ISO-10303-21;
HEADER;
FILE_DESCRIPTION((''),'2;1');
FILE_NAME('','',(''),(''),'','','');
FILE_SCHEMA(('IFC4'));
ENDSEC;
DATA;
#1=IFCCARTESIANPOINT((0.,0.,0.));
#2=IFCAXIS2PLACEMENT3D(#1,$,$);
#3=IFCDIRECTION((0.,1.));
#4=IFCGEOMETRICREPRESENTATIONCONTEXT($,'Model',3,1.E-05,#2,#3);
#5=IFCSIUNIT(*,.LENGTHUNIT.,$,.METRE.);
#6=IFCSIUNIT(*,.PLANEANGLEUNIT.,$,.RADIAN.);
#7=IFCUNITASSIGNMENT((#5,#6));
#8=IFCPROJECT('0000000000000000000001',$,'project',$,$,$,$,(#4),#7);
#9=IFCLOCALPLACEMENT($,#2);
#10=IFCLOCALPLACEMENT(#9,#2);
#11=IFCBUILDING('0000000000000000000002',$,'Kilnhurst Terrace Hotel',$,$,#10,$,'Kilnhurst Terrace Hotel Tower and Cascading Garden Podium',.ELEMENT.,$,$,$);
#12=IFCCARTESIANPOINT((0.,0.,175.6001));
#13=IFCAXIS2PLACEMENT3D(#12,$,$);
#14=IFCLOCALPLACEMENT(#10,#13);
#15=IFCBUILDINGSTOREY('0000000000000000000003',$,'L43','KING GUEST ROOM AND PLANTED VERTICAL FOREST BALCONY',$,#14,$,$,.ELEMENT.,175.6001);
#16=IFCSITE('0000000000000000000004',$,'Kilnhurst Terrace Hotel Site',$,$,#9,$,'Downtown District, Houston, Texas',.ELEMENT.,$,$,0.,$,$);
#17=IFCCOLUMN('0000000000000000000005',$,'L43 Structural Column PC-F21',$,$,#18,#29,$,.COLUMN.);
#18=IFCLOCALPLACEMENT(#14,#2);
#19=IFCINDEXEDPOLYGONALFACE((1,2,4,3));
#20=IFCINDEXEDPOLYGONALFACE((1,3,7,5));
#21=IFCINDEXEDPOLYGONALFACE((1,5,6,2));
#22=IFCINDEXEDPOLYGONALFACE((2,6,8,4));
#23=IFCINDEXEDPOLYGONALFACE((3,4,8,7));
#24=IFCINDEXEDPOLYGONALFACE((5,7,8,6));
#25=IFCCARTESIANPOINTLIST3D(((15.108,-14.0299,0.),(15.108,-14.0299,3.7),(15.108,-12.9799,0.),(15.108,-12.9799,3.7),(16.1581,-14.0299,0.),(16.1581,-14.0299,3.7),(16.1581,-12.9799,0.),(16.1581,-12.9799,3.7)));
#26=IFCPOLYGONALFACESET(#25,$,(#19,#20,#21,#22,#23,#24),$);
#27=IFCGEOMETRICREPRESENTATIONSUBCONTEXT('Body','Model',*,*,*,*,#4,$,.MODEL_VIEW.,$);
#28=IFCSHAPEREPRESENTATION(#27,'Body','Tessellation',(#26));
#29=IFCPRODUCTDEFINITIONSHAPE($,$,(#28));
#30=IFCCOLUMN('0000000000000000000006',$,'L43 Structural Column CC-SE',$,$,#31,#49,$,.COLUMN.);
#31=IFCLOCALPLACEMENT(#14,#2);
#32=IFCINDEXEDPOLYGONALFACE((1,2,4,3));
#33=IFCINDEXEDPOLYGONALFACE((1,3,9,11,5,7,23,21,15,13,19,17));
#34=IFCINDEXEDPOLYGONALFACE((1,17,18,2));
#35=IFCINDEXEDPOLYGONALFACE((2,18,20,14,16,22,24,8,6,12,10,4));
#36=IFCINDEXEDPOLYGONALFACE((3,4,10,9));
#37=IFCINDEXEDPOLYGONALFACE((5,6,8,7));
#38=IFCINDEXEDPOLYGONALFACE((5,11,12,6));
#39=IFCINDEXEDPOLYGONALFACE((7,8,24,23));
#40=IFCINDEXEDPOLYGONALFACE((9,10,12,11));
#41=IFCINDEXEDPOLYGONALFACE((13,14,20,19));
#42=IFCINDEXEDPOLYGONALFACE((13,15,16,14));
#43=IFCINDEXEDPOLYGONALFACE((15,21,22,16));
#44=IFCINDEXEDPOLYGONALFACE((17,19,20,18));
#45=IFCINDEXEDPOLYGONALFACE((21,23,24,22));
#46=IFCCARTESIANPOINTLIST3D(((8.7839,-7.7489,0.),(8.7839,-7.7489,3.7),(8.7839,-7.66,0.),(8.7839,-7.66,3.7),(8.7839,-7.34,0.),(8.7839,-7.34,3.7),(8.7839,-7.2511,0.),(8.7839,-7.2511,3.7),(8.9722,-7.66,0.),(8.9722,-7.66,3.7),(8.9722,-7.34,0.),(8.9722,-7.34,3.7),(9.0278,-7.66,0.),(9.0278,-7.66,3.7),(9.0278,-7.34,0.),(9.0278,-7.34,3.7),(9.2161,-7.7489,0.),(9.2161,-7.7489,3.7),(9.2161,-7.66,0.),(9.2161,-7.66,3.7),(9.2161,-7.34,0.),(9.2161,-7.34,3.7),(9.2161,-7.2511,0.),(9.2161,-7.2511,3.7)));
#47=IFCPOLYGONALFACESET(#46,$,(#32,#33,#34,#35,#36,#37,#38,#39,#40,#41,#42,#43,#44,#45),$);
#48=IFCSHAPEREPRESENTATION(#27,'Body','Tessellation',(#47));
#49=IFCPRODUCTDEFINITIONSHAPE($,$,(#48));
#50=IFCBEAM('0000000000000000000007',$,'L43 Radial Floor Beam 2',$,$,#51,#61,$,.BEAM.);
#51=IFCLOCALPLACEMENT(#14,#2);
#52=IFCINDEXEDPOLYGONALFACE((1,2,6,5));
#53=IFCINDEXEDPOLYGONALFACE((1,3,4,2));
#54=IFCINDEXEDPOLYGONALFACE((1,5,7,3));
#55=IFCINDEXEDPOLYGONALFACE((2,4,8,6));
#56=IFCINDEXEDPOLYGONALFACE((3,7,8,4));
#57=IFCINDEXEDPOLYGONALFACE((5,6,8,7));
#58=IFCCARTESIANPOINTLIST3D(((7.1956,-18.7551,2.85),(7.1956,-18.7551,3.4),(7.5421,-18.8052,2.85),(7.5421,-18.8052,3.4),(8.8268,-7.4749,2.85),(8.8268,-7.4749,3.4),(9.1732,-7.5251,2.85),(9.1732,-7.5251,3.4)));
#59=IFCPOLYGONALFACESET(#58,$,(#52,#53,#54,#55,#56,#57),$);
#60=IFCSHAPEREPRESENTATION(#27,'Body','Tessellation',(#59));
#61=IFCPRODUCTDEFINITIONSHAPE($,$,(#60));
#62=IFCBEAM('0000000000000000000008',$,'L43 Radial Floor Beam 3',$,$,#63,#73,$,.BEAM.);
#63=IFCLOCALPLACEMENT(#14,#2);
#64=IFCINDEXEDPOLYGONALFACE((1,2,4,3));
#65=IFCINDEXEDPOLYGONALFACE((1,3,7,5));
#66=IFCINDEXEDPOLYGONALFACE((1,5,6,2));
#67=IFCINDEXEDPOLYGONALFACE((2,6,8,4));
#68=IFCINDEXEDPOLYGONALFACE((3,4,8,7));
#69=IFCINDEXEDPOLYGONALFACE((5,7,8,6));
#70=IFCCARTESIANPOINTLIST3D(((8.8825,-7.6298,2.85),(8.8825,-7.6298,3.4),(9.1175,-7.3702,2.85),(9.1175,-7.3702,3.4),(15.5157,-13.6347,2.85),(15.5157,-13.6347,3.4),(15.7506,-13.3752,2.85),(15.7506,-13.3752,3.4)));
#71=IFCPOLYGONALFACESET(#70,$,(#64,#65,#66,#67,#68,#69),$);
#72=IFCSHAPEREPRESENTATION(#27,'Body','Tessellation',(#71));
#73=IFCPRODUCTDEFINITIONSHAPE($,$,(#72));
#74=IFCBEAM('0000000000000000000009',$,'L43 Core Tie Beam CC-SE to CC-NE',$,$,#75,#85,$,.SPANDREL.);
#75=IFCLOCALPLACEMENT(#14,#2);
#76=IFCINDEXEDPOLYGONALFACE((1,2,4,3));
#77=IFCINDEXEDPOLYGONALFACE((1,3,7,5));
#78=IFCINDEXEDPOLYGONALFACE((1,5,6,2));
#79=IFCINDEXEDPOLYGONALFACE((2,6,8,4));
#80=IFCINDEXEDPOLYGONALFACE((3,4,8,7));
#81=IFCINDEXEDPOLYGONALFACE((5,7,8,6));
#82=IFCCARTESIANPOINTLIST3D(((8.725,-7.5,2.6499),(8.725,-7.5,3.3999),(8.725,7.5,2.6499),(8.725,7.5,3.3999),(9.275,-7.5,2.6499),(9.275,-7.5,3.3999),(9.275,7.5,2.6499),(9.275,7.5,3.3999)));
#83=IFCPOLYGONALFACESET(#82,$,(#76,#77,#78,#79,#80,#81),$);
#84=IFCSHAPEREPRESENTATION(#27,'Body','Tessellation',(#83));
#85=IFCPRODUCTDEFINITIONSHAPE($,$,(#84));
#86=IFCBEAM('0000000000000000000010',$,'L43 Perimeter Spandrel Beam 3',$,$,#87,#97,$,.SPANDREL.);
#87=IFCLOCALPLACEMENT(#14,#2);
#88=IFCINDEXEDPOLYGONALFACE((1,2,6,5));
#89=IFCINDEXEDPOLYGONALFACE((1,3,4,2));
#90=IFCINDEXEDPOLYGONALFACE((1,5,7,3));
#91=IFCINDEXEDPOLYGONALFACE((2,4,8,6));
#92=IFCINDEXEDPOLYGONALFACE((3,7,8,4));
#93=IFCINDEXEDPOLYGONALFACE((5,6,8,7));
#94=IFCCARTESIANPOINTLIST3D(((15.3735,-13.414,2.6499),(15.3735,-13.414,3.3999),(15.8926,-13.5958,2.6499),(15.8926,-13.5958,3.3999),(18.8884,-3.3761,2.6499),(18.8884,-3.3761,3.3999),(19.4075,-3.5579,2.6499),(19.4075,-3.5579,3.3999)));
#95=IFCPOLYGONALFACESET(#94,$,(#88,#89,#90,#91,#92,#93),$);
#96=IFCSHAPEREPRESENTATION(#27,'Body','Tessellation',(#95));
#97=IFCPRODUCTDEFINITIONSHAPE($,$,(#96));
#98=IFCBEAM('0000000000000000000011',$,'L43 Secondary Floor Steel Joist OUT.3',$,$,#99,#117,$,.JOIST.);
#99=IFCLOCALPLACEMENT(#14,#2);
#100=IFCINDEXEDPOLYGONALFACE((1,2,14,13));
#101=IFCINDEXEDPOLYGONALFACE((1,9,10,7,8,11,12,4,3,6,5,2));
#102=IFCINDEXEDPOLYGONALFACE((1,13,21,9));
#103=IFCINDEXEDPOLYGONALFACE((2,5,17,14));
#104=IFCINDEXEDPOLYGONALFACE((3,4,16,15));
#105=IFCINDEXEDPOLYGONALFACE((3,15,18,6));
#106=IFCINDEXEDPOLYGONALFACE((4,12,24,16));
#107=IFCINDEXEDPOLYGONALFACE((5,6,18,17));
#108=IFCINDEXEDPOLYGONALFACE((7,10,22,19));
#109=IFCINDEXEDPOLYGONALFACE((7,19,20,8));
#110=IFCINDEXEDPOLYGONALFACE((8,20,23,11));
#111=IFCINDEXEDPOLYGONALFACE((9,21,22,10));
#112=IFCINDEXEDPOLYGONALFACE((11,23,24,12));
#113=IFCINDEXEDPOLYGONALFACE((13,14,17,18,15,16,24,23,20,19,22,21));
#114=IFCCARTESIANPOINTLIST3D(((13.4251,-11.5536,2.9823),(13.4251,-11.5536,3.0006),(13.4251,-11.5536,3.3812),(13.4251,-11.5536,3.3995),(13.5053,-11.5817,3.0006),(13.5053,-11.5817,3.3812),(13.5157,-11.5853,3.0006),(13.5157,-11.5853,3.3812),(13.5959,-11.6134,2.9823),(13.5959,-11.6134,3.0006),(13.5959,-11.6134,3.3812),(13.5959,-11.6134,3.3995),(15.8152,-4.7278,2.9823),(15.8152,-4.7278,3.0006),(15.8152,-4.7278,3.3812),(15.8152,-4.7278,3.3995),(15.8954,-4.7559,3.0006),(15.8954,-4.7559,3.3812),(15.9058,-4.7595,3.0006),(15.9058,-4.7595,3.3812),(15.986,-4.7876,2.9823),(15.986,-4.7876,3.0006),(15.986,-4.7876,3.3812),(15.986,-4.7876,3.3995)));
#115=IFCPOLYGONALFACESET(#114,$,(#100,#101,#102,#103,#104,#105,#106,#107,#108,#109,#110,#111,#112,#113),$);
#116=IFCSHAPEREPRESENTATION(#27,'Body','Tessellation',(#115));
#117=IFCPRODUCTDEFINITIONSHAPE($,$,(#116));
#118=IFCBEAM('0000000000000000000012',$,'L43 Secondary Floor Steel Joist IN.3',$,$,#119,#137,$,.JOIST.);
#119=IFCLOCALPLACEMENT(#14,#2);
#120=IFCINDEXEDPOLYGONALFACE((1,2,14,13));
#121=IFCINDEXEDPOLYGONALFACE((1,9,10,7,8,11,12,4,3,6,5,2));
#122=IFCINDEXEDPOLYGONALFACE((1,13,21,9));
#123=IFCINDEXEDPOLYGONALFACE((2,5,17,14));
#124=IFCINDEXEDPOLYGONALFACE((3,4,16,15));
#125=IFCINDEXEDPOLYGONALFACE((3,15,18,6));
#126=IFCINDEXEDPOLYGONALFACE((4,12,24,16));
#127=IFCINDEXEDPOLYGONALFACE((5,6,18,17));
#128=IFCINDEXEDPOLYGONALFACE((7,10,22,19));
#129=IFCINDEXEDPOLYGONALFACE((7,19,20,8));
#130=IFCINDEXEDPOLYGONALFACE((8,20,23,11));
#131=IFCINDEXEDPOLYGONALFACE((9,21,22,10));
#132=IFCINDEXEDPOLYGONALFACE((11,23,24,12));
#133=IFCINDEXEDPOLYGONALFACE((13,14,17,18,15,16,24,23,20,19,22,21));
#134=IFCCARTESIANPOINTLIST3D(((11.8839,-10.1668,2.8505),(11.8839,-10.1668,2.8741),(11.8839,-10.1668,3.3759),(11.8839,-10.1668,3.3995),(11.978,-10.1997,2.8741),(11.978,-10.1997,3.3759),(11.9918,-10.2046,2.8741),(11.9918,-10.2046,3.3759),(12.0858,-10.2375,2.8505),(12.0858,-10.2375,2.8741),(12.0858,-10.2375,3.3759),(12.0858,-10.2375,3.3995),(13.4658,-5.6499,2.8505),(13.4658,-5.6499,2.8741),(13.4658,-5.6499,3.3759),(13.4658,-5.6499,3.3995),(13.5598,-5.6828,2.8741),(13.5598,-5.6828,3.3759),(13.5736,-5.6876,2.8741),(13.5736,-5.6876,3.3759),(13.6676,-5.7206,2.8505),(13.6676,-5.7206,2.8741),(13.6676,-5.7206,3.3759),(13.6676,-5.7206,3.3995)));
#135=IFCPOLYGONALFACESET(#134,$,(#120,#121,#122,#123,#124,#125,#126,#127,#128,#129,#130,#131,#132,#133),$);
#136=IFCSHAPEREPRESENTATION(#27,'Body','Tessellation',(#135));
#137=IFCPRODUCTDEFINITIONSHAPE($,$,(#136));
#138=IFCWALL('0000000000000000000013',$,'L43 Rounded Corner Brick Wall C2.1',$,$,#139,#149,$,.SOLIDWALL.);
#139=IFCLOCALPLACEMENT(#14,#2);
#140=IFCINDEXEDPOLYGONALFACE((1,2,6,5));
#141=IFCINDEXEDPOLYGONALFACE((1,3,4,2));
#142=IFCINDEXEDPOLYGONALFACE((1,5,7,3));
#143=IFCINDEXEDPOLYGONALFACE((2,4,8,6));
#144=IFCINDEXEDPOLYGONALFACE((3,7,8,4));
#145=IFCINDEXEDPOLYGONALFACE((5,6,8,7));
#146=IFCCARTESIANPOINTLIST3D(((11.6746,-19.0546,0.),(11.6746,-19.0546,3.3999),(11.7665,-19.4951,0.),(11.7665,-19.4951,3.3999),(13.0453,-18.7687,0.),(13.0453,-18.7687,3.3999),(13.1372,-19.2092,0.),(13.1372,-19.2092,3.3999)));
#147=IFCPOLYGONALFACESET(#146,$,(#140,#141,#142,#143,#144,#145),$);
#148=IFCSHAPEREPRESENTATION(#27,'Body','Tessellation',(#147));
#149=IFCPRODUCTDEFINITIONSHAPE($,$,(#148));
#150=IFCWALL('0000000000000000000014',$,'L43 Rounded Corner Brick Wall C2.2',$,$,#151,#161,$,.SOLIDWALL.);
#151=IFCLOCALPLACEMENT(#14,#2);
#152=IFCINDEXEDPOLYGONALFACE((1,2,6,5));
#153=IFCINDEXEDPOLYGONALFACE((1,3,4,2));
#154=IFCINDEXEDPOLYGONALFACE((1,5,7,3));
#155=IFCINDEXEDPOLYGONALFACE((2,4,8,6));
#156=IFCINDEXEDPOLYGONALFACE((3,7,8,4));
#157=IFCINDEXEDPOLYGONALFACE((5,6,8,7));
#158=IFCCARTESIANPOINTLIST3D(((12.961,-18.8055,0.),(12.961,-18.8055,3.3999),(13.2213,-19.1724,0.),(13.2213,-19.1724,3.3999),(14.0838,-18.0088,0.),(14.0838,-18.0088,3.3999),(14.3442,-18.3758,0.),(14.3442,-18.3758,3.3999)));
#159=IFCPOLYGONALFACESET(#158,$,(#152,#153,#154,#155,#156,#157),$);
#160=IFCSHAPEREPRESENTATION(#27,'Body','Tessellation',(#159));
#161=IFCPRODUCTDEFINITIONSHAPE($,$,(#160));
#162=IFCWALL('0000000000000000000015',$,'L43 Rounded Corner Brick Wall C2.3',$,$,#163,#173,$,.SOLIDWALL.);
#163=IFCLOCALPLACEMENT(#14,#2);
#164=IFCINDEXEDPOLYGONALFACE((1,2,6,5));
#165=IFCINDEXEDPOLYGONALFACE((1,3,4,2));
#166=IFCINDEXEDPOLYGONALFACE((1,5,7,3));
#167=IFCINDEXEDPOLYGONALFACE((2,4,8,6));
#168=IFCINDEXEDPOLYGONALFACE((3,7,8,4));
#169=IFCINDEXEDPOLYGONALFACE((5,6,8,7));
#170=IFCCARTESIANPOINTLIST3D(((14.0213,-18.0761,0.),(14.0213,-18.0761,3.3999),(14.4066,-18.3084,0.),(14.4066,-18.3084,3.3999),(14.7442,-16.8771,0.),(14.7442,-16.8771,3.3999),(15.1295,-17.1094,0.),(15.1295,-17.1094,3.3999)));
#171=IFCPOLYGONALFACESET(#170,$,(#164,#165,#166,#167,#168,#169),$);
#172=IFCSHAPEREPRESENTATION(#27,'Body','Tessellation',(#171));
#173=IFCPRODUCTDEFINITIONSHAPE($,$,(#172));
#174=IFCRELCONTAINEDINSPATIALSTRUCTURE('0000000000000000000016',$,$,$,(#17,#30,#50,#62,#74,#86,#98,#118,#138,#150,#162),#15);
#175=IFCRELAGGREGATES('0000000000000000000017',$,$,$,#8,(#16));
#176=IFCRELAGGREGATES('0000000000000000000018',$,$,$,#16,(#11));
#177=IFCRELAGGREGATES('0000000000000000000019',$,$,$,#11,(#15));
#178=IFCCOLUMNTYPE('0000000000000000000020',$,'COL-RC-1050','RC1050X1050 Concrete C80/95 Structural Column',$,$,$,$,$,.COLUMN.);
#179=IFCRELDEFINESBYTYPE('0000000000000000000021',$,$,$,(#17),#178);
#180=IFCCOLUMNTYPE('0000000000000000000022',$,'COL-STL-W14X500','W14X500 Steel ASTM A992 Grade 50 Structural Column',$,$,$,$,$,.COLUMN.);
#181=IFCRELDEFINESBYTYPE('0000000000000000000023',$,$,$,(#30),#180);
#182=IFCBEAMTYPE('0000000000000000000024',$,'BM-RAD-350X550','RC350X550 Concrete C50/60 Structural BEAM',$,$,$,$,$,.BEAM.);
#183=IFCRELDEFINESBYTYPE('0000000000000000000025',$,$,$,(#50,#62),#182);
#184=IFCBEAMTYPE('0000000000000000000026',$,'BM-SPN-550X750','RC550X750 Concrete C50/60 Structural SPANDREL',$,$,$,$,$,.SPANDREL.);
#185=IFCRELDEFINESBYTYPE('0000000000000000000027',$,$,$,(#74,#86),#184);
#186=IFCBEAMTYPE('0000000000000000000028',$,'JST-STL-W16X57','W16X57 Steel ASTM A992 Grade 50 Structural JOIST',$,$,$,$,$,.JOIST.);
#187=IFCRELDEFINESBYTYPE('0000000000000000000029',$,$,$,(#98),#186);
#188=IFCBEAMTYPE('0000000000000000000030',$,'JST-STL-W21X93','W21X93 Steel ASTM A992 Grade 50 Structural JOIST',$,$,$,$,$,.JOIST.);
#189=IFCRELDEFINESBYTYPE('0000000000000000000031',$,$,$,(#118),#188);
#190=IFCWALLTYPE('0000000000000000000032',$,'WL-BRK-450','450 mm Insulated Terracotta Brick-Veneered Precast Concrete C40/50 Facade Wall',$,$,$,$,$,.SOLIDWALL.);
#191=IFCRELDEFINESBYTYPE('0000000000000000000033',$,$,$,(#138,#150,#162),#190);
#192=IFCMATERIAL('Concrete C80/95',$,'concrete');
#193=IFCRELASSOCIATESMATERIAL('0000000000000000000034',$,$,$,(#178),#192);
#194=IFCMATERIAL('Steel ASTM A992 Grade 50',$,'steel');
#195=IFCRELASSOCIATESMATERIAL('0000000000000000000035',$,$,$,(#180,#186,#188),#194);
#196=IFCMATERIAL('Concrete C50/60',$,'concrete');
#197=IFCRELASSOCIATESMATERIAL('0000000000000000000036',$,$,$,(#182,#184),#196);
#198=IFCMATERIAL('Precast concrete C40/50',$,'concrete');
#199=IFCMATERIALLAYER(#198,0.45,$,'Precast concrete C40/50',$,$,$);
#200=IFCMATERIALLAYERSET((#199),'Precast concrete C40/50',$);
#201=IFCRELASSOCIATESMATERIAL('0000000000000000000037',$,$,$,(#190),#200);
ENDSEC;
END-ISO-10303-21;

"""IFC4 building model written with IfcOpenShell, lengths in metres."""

from ifc_helpers import new_model, si_unit, direction, frame, frame_2d, origin, origin_2d, place, context, subcontext, project, spatial, rectangle, i_section, extrude, material, layer, layer_set, material_profile, profile_set, type_object, element, save


model = new_model("IFC4")

# Units and contexts
model_context = context("Model", 3, precision=1e-05, world=origin(), true_north=direction((0.0, 1.0)))
body_context = subcontext(model_context, "Body", "Model", "MODEL_VIEW")
ifc_project = project(units=[si_unit("LENGTHUNIT", "METRE"), si_unit("PLANEANGLEUNIT", "RADIAN")], contexts=[model_context])

# Site, building, storey
site_placement = place(None, origin())
site = spatial("IfcSite", under=ifc_project, at=site_placement, Name="Kilnhurst Terrace Hotel Site", LongName="Downtown District, Houston, Texas", CompositionType="ELEMENT", RefElevation=0.0)
building_placement = place(site_placement, origin())
building = spatial("IfcBuilding", under=site, at=building_placement, Name="Kilnhurst Terrace Hotel", LongName="Kilnhurst Terrace Hotel Tower and Cascading Garden Podium", CompositionType="ELEMENT")
storey_placement = place(building_placement, frame((0.0, 0.0, 175.6001)))
storey = spatial("IfcBuildingStorey", under=building, at=storey_placement, Name="L43", Description="KING GUEST ROOM AND PLANTED VERTICAL FOREST BALCONY", CompositionType="ELEMENT", Elevation=175.6001)

# Columns
ifc_material_1 = material(Name="Concrete C80/95", Category="concrete")
ifc_material_profile_1 = material_profile(ifc_material_1, rectangle(XDim=1.05, YDim=1.05, at=origin_2d()), Name="RC1050X1050")
ifc_profile_set_1 = profile_set([ifc_material_profile_1], Name="Concrete C80/95")
column_type_1 = type_object("IfcColumnType", Name="COL-RC-1050", Description="RC1050X1050 Concrete C80/95 Structural Column", PredefinedType="COLUMN", material=ifc_profile_set_1)
column_1_placement = place(storey_placement, frame((15.6331, -13.5049, 0.0), z_axis=(0.0, 0.0, 1.0), x_axis=(1.0, 0.0, 0.0)))
element("IfcColumn", 1, at=column_1_placement, inside=storey, type_object=column_type_1, Name="L43 Structural Column PC-F21", PredefinedType="COLUMN", context=body_context, shape_type="SweptSolid", body=[
    extrude(rectangle(XDim=1.05, YDim=1.05, at=origin_2d()), origin(), (0.0, 0.0, 1.0), 3.7),
])
ifc_material_2 = material(Name="Steel ASTM A992 Grade 50", Category="steel")
ifc_material_profile_2 = material_profile(ifc_material_2, i_section(OverallWidth=0.4321, OverallDepth=0.4978, WebThickness=0.0557, FlangeThickness=0.0889, at=origin_2d()), Name="W14X500")
ifc_profile_set_2 = profile_set([ifc_material_profile_2], Name="Steel ASTM A992 Grade 50")
column_type_2 = type_object("IfcColumnType", Name="COL-STL-W14X500", Description="W14X500 Steel ASTM A992 Grade 50 Structural Column", PredefinedType="COLUMN", material=ifc_profile_set_2)
column_2_placement = place(storey_placement, frame((9.0, -7.5, 0.0), z_axis=(0.0, 0.0, 1.0), x_axis=(1.0, 0.0, 0.0)))
element("IfcColumn", 2, at=column_2_placement, inside=storey, type_object=column_type_2, Name="L43 Structural Column CC-SE", PredefinedType="COLUMN", context=body_context, shape_type="SweptSolid", body=[
    extrude(i_section(OverallWidth=0.4321, OverallDepth=0.4978, WebThickness=0.0557, FlangeThickness=0.0889, at=origin_2d()), origin(), (0.0, 0.0, 1.0), 3.7),
])

# Beams
ifc_material_3 = material(Name="Concrete C50/60", Category="concrete")
ifc_material_profile_3 = material_profile(ifc_material_3, rectangle(XDim=0.3501, YDim=0.55, at=origin_2d()), Name="RC350X550")
ifc_profile_set_3 = profile_set([ifc_material_profile_3], Name="Concrete C50/60")
beam_type_1 = type_object("IfcBeamType", Name="BM-RAD-350X550", Description="RC350X550 Concrete C50/60 Structural BEAM", PredefinedType="BEAM", material=ifc_profile_set_3)
beam_1_placement = place(storey_placement, frame((9.0, -7.5, 3.125), z_axis=(-0.143113, -0.989706, 0.0), x_axis=(0.989706, -0.143113, 0.0)))
element("IfcBeam", 3, at=beam_1_placement, inside=storey, type_object=beam_type_1, Name="L43 Radial Floor Beam 2", PredefinedType="BEAM", context=body_context, shape_type="SweptSolid", body=[
    extrude(rectangle(XDim=0.3501, YDim=0.55, at=origin_2d()), origin(), (0.0, 0.0, 1.0), 11.3975),
])
beam_2_placement = place(storey_placement, frame((9.0, -7.5, 3.125), z_axis=(0.741339, -0.671131, 0.0), x_axis=(0.671131, 0.741339, 0.0)))
element("IfcBeam", 4, at=beam_2_placement, inside=storey, type_object=beam_type_1, Name="L43 Radial Floor Beam 3", PredefinedType="BEAM", context=body_context, shape_type="SweptSolid", body=[
    extrude(rectangle(XDim=0.3501, YDim=0.55, at=origin_2d()), origin(), (0.0, 0.0, 1.0), 8.9475),
])
ifc_material_profile_4 = material_profile(ifc_material_3, rectangle(XDim=0.55, YDim=0.75, at=origin_2d()), Name="RC550X750")
ifc_profile_set_4 = profile_set([ifc_material_profile_4], Name="Concrete C50/60")
beam_type_2 = type_object("IfcBeamType", Name="BM-SPN-550X750", Description="RC550X750 Concrete C50/60 Structural SPANDREL", PredefinedType="SPANDREL", material=ifc_profile_set_4)
beam_3_placement = place(storey_placement, frame((9.0, -7.5, 3.0249), z_axis=(0.0, 1.0, 0.0), x_axis=(-1.0, 0.0, 0.0)))
element("IfcBeam", 5, at=beam_3_placement, inside=storey, type_object=beam_type_2, Name="L43 Core Tie Beam CC-SE to CC-NE", PredefinedType="SPANDREL", context=body_context, shape_type="SweptSolid", body=[
    extrude(rectangle(XDim=0.55, YDim=0.75, at=origin_2d()), origin(), (0.0, 0.0, 1.0), 15.0),
])
beam_4_placement = place(storey_placement, frame((15.6331, -13.5049, 3.0249), z_axis=(0.330488, 0.94381, 0.0), x_axis=(-0.94381, 0.330488, 0.0)))
element("IfcBeam", 6, at=beam_4_placement, inside=storey, type_object=beam_type_2, Name="L43 Perimeter Spandrel Beam 3", PredefinedType="SPANDREL", context=body_context, shape_type="SweptSolid", body=[
    extrude(rectangle(XDim=0.55, YDim=0.75, at=origin_2d()), origin(), (0.0, 0.0, 1.0), 10.6355),
])
ifc_material_profile_5 = material_profile(ifc_material_2, i_section(OverallWidth=0.1809, OverallDepth=0.4172, WebThickness=0.011, FlangeThickness=0.0183, at=origin_2d()), Name="W16X57")
ifc_profile_set_5 = profile_set([ifc_material_profile_5], Name="Steel ASTM A992 Grade 50")
beam_type_3 = type_object("IfcBeamType", Name="JST-STL-W16X57", Description="W16X57 Steel ASTM A992 Grade 50 Structural JOIST", PredefinedType="JOIST", material=ifc_profile_set_5)
beam_5_placement = place(storey_placement, frame((13.5105, -11.5835, 3.1909), z_axis=(0.330481, 0.943813, 0.0), x_axis=(-0.943813, 0.330481, 0.0)))
element("IfcBeam", 7, at=beam_5_placement, inside=storey, type_object=beam_type_3, Name="L43 Secondary Floor Steel Joist OUT.3", PredefinedType="JOIST", context=body_context, shape_type="SweptSolid", body=[
    extrude(i_section(OverallWidth=0.1809, OverallDepth=0.4172, WebThickness=0.011, FlangeThickness=0.0183, at=origin_2d()), origin(), (0.0, 0.0, 1.0), 7.2322),
])
ifc_material_profile_6 = material_profile(ifc_material_2, i_section(OverallWidth=0.2139, OverallDepth=0.5491, WebThickness=0.0146, FlangeThickness=0.0237, at=origin_2d()), Name="W21X93")
ifc_profile_set_6 = profile_set([ifc_material_profile_6], Name="Steel ASTM A992 Grade 50")
beam_type_4 = type_object("IfcBeamType", Name="JST-STL-W21X93", Description="W21X93 Steel ASTM A992 Grade 50 Structural JOIST", PredefinedType="JOIST", material=ifc_profile_set_6)
beam_6_placement = place(storey_placement, frame((11.9849, -10.2021, 3.125), z_axis=(0.330516, 0.9438, 0.0), x_axis=(-0.9438, 0.330516, 0.0)))
element("IfcBeam", 8, at=beam_6_placement, inside=storey, type_object=beam_type_4, Name="L43 Secondary Floor Steel Joist IN.3", PredefinedType="JOIST", context=body_context, shape_type="SweptSolid", body=[
    extrude(i_section(OverallWidth=0.2139, OverallDepth=0.5491, WebThickness=0.0146, FlangeThickness=0.0237, at=origin_2d()), origin(), (0.0, 0.0, 1.0), 4.7859),
])

# Walls
ifc_material_4 = material(Name="Precast concrete C40/50", Category="concrete")
ifc_layer_1 = layer(ifc_material_4, 0.45, Name="Precast concrete C40/50")
ifc_layer_set_1 = layer_set([ifc_layer_1], Name="Precast concrete C40/50")
wall_type_1 = type_object("IfcWallType", Name="WL-BRK-450", Description="450 mm Insulated Terracotta Brick-Veneered Precast Concrete C40/50 Facade Wall", PredefinedType="SOLIDWALL", material=ifc_layer_set_1)
wall_1_placement = place(storey_placement, frame((11.7205, -19.2749, 0.0), z_axis=(0.0, 0.0, 1.0), x_axis=(0.978931, 0.204191, 0.0)))
element("IfcWall", 9, at=wall_1_placement, inside=storey, type_object=wall_type_1, Name="L43 Rounded Corner Brick Wall C2.1", PredefinedType="SOLIDWALL", context=body_context, shape_type="SweptSolid", body=[
    extrude(rectangle(XDim=1.4001, YDim=0.45, at=frame_2d((0.7002, 0.0))), origin(), (0.0, 0.0, 1.0), 3.3999),
])
wall_2_placement = place(storey_placement, frame((13.0911, -18.989, 0.0), z_axis=(0.0, 0.0, 1.0), x_axis=(0.815575, 0.578652, 0.0)))
element("IfcWall", 10, at=wall_2_placement, inside=storey, type_object=wall_type_1, Name="L43 Rounded Corner Brick Wall C2.2", PredefinedType="SOLIDWALL", context=body_context, shape_type="SweptSolid", body=[
    extrude(rectangle(XDim=1.3767, YDim=0.45, at=frame_2d((0.6885, 0.0))), origin(), (0.0, 0.0, 1.0), 3.3999),
])
wall_3_placement = place(storey_placement, frame((14.2139, -18.1924, 0.0), z_axis=(0.0, 0.0, 1.0), x_axis=(0.516341, 0.856383, 0.0)))
element("IfcWall", 11, at=wall_3_placement, inside=storey, type_object=wall_type_1, Name="L43 Rounded Corner Brick Wall C2.3", PredefinedType="SOLIDWALL", context=body_context, shape_type="SweptSolid", body=[
    extrude(rectangle(XDim=1.4001, YDim=0.45, at=frame_2d((0.7002, 0.0))), origin(), (0.0, 0.0, 1.0), 3.3999),
])

save(model, "model.ifc")
